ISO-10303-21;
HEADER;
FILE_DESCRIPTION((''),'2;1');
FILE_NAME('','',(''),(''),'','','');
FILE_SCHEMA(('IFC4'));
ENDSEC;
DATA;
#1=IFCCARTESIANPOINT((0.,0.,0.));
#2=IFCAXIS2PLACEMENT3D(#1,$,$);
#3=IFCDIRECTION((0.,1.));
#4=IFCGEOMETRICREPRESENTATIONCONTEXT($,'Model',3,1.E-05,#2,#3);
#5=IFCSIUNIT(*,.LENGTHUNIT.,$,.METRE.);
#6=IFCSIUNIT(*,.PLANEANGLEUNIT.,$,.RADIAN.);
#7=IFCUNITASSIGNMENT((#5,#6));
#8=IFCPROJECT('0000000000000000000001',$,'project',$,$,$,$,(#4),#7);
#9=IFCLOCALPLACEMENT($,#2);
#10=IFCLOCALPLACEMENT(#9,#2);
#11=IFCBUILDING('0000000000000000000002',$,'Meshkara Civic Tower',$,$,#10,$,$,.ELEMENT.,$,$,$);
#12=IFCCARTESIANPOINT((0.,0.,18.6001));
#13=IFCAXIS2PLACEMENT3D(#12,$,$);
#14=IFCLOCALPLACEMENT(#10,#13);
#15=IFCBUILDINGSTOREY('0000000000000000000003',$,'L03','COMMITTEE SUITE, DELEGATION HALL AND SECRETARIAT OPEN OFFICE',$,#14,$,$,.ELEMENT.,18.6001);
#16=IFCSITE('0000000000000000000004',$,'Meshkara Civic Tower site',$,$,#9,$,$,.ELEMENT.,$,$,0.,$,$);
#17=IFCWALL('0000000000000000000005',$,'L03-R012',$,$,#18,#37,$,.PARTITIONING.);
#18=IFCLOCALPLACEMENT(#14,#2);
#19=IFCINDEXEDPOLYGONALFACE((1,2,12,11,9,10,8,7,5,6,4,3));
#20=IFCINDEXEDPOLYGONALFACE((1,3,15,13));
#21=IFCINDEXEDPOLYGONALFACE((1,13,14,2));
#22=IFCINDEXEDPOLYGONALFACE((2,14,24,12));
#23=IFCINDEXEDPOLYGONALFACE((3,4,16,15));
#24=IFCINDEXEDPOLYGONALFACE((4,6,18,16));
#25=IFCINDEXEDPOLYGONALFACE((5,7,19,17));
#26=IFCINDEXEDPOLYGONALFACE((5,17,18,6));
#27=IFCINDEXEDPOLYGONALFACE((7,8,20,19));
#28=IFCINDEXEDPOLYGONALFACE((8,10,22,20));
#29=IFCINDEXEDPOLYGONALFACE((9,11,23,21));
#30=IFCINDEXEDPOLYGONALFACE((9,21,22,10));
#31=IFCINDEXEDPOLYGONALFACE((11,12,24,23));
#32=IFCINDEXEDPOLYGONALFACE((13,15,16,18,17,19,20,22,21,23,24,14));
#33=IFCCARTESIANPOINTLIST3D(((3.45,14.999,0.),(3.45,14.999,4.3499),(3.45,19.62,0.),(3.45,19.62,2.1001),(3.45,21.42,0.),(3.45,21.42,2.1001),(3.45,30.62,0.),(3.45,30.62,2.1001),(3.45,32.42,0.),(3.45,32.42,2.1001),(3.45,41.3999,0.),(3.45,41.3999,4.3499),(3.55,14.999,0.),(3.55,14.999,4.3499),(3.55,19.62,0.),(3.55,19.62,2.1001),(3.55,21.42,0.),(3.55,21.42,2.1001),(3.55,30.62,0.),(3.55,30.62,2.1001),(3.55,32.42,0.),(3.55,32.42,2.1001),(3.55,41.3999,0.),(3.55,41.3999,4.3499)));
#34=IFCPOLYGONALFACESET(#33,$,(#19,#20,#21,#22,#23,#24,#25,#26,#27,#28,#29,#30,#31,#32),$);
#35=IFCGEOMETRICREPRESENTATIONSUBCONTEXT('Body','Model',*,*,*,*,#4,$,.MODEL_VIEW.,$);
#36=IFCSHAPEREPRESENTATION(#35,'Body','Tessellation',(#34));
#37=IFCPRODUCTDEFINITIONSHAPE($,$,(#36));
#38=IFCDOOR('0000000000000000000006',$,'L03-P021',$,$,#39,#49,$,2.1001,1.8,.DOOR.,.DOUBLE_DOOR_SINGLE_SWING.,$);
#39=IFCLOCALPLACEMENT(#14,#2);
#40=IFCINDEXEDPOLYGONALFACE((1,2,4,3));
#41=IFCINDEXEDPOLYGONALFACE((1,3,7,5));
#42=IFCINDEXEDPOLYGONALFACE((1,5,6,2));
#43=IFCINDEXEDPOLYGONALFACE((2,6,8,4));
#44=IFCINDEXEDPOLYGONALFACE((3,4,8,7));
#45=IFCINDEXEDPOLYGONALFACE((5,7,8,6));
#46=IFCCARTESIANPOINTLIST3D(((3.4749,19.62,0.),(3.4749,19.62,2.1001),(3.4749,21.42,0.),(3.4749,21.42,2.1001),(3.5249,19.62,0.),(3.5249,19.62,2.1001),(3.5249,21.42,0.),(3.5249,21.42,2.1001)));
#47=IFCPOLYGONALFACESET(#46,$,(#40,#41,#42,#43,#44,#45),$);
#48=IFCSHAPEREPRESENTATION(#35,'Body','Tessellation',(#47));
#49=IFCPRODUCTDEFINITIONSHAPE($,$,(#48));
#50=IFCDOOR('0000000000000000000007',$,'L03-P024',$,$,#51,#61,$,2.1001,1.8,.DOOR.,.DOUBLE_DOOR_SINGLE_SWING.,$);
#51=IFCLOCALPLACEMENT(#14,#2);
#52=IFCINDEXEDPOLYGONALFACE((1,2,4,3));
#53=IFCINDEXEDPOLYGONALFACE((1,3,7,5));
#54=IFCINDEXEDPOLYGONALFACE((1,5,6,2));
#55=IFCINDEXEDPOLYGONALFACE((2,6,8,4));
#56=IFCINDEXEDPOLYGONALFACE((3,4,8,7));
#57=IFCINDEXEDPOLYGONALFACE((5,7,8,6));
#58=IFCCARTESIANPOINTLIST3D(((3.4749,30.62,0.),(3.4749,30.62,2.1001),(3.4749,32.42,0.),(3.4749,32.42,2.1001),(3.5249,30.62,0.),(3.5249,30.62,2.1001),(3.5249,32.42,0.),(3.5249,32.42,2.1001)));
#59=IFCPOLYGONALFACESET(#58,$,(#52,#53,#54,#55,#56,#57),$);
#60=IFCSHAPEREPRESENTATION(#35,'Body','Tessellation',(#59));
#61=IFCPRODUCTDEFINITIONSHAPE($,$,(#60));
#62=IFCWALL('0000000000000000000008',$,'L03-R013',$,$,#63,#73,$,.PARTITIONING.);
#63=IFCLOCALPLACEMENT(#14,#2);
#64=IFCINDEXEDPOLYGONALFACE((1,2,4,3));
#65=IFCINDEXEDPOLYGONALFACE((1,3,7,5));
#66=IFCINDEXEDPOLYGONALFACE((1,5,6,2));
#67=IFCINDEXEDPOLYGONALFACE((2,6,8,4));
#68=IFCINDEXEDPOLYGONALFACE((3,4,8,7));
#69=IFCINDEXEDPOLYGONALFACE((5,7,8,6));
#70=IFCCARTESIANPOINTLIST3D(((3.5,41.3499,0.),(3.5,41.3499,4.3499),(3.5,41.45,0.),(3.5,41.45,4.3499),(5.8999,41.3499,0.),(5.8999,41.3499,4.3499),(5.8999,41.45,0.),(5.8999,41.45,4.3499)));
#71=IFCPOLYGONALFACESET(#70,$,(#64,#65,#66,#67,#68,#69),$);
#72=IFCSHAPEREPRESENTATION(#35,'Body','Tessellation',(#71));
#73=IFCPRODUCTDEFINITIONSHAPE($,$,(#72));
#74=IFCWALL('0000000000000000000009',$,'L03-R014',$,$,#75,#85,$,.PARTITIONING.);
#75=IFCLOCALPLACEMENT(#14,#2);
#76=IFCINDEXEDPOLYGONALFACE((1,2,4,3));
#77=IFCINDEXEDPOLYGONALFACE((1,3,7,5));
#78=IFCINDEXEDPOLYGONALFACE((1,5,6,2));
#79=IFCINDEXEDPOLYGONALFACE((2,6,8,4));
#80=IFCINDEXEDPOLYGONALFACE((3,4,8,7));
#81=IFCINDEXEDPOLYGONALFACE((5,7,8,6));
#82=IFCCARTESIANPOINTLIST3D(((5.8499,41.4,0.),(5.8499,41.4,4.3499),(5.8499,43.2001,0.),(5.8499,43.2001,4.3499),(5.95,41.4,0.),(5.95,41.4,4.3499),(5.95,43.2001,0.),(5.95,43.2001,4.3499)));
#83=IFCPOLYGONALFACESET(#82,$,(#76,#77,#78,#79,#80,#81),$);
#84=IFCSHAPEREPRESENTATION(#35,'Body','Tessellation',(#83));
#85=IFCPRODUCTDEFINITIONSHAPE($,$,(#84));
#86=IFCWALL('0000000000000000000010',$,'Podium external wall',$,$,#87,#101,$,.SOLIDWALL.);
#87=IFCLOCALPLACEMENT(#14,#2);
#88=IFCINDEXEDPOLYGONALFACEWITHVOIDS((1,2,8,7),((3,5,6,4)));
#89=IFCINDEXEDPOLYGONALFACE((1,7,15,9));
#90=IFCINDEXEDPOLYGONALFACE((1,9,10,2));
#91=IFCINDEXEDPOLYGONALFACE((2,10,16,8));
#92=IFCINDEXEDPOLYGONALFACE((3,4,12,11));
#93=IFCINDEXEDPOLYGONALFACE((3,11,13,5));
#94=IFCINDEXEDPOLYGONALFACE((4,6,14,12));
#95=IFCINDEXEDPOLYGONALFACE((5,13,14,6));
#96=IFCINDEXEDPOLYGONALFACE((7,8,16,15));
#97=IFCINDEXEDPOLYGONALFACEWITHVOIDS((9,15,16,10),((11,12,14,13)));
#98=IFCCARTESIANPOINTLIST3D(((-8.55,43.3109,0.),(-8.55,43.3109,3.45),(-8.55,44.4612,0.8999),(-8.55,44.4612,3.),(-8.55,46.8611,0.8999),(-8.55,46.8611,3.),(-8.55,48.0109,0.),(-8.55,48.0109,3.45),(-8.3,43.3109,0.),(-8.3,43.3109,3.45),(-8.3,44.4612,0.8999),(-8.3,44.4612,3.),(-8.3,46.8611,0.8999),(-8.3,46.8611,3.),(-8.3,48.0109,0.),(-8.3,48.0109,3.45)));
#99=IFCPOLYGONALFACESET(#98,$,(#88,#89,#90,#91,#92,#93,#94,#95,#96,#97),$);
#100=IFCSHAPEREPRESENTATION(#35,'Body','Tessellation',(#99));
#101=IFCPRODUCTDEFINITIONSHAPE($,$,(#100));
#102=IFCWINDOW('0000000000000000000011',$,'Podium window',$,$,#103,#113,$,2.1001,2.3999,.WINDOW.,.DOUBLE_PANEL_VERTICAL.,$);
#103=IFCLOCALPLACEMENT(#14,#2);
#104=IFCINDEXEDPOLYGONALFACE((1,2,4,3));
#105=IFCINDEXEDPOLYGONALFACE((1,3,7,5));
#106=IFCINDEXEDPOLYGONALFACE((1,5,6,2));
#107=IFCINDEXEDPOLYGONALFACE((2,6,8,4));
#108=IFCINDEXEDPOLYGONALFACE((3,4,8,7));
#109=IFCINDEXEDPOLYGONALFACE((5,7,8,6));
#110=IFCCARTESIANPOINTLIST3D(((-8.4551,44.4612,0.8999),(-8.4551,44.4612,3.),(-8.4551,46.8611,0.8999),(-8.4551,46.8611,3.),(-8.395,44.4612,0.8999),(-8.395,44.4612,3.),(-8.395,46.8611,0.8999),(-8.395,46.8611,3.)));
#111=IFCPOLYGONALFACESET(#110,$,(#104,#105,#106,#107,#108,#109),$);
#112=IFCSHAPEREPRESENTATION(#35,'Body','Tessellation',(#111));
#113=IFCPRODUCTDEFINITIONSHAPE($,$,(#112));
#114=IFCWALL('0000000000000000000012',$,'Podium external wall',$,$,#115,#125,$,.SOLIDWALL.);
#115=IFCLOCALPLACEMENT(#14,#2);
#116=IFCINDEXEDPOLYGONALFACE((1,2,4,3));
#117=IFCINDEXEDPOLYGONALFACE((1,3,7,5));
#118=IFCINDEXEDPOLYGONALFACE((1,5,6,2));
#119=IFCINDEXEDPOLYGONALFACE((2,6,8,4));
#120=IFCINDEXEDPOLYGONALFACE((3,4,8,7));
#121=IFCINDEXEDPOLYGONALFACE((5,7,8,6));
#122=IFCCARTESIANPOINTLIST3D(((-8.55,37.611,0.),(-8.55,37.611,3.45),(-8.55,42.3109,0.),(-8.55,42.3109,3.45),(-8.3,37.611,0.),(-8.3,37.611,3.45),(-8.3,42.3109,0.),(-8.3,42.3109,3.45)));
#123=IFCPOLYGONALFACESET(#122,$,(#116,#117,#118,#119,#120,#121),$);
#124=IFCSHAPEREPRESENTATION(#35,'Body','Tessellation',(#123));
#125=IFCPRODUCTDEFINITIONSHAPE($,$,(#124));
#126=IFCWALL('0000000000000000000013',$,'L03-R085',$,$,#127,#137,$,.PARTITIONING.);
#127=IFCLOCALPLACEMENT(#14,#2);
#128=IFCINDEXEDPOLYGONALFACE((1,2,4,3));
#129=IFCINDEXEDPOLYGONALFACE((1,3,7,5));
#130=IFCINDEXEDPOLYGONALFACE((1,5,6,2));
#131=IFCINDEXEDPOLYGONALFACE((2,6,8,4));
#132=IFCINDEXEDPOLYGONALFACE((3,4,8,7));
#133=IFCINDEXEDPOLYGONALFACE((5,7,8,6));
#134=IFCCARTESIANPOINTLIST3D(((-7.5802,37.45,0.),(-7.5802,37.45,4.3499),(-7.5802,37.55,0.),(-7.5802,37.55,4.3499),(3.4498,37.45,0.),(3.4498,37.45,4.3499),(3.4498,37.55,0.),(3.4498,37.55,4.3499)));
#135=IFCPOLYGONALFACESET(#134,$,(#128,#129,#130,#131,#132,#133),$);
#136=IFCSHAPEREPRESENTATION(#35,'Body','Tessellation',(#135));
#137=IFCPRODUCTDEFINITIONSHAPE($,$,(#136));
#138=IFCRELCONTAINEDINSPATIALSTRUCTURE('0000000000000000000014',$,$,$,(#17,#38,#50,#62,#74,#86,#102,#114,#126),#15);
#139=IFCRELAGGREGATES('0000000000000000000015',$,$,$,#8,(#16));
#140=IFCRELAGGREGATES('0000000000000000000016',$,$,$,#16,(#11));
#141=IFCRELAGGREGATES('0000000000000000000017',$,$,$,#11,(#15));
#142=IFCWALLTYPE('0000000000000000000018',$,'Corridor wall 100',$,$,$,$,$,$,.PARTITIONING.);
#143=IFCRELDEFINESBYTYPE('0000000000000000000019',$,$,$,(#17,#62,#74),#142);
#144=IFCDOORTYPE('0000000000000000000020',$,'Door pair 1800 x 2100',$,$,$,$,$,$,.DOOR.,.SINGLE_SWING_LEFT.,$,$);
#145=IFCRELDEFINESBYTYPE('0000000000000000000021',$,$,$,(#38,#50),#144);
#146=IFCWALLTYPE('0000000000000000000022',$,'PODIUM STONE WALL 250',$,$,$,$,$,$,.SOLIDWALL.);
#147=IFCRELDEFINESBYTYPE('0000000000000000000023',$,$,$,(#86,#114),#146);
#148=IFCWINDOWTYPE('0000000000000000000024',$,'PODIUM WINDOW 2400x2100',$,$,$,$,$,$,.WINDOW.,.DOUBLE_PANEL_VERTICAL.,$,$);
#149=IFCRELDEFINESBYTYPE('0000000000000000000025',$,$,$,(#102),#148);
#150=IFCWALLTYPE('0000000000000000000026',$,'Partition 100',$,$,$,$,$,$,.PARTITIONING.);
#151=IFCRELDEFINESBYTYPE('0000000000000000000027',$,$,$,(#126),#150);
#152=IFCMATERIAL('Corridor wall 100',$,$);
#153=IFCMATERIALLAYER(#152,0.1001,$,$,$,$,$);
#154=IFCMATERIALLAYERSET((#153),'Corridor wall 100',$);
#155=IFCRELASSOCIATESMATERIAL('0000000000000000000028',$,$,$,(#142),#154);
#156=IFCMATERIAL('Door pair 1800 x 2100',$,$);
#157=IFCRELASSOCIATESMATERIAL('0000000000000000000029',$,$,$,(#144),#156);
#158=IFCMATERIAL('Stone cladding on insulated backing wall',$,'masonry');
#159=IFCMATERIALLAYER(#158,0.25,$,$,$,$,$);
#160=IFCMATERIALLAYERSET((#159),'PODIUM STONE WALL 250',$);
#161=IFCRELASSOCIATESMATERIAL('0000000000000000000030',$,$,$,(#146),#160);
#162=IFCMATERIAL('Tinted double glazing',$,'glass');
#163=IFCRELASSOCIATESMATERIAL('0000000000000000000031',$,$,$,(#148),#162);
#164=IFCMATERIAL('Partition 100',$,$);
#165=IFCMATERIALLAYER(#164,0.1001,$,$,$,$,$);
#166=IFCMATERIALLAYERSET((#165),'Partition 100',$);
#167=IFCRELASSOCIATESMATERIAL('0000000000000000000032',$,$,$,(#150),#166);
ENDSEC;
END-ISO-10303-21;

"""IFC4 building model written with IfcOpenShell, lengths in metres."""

from ifc_helpers import new_model, si_unit, direction, frame, frame_2d, origin, place, context, subcontext, project, spatial, rectangle, extrude, material, layer, layer_set, type_object, element, fill, save


model = new_model("IFC4")

# Units and contexts
model_context = context("Model", 3, precision=1e-05, world=origin(), true_north=direction((0.0, 1.0)))
body_context = subcontext(model_context, "Body", "Model", "MODEL_VIEW")
ifc_project = project(units=[si_unit("LENGTHUNIT", "METRE"), si_unit("PLANEANGLEUNIT", "RADIAN")], contexts=[model_context])

# Site, building, storey
site_placement = place(None, origin())
site = spatial("IfcSite", under=ifc_project, at=site_placement, Name="Meshkara Civic Tower site", CompositionType="ELEMENT", RefElevation=0.0)
building_placement = place(site_placement, origin())
building = spatial("IfcBuilding", under=site, at=building_placement, Name="Meshkara Civic Tower", CompositionType="ELEMENT")
storey_placement = place(building_placement, frame((0.0, 0.0, 18.6001)))
storey = spatial("IfcBuildingStorey", under=building, at=storey_placement, Name="L03", Description="COMMITTEE SUITE, DELEGATION HALL AND SECRETARIAT OPEN OFFICE", CompositionType="ELEMENT", Elevation=18.6001)

# Shared definitions
ifc_material_1 = material(Name="Corridor wall 100")
ifc_layer_1 = layer(ifc_material_1, 0.1001)
ifc_layer_set_1 = layer_set([ifc_layer_1], Name="Corridor wall 100")
wall_type_1 = type_object("IfcWallType", Name="Corridor wall 100", PredefinedType="PARTITIONING", material=ifc_layer_set_1)

# Shared definitions
ifc_material_2 = material(Name="Door pair 1800 x 2100")
door_type = type_object("IfcDoorType", Name="Door pair 1800 x 2100", OperationType="SINGLE_SWING_LEFT", PredefinedType="DOOR", material=ifc_material_2)

# Wall, openings, doors
wall_1_placement = place(storey_placement, frame((3.5, 41.3999, 0.0), z_axis=(0.0, 0.0, 1.0), x_axis=(0.0, -1.0, 0.0)))
wall_1 = element("IfcWall", 1, at=wall_1_placement, inside=storey, type_object=wall_type_1, Name="L03-R012", PredefinedType="PARTITIONING", context=body_context, shape_type="SweptSolid", body=[
    extrude(rectangle(XDim=26.4009, YDim=0.1001, at=frame_2d((13.2004, 0.0))), origin(), (0.0, 0.0, 1.0), 4.3499),
])
opening_1_placement = place(wall_1_placement, frame((19.98, 0.0, 0.0)))
opening_1 = element("IfcOpeningElement", 2, at=opening_1_placement, cuts=wall_1, PredefinedType="OPENING", context=body_context, shape_type="SweptSolid", body=[
    extrude(rectangle(XDim=1.8, YDim=2.1001, at=frame_2d((0.8999, 1.05))), frame((0.0, 0.0601, 0.0), z_axis=(0.0, -1.0, 0.0), x_axis=(1.0, 0.0, 0.0)), (0.0, 0.0, 1.0), 0.1201),
])
opening_2_placement = place(wall_1_placement, frame((8.98, 0.0, 0.0)))
opening_2 = element("IfcOpeningElement", 3, at=opening_2_placement, cuts=wall_1, PredefinedType="OPENING", context=body_context, shape_type="SweptSolid", body=[
    extrude(rectangle(XDim=1.8, YDim=2.1001, at=frame_2d((0.8999, 1.05))), frame((0.0, 0.0601, 0.0), z_axis=(0.0, -1.0, 0.0), x_axis=(1.0, 0.0, 0.0)), (0.0, 0.0, 1.0), 0.1201),
])
door_1_placement = place(opening_1_placement, origin())
door_1 = element("IfcDoor", 4, at=door_1_placement, inside=storey, type_object=door_type, Name="L03-P021", OperationType="DOUBLE_DOOR_SINGLE_SWING", OverallHeight=2.1001, OverallWidth=1.8, PredefinedType="DOOR", context=body_context, shape_type="SweptSolid", body=[
    extrude(rectangle(XDim=1.8, YDim=2.1001, at=frame_2d((0.8999, 1.05))), frame((0.0, 0.0249, 0.0), z_axis=(0.0, -1.0, 0.0), x_axis=(1.0, 0.0, 0.0)), (0.0, 0.0, 1.0), 0.05),
])
fill(opening_1, door_1)
door_2_placement = place(opening_2_placement, origin())
door_2 = element("IfcDoor", 5, at=door_2_placement, inside=storey, type_object=door_type, Name="L03-P024", OperationType="DOUBLE_DOOR_SINGLE_SWING", OverallHeight=2.1001, OverallWidth=1.8, PredefinedType="DOOR", context=body_context, shape_type="SweptSolid", body=[
    extrude(rectangle(XDim=1.8, YDim=2.1001, at=frame_2d((0.8999, 1.05))), frame((0.0, 0.0249, 0.0), z_axis=(0.0, -1.0, 0.0), x_axis=(1.0, 0.0, 0.0)), (0.0, 0.0, 1.0), 0.05),
])
fill(opening_2, door_2)

# Walls
wall_2_placement = place(storey_placement, frame((5.8999, 41.3999, 0.0), z_axis=(0.0, 0.0, 1.0), x_axis=(-1.0, 0.0, 0.0)))
element("IfcWall", 6, at=wall_2_placement, inside=storey, type_object=wall_type_1, Name="L03-R013", PredefinedType="PARTITIONING", context=body_context, shape_type="SweptSolid", body=[
    extrude(rectangle(XDim=2.3999, YDim=0.1001, at=frame_2d((1.2, 0.0))), origin(), (0.0, 0.0, 1.0), 4.3499),
])
wall_3_placement = place(storey_placement, frame((5.8999, 43.2, 0.0), z_axis=(0.0, 0.0, 1.0), x_axis=(0.0, -1.0, 0.0)))
element("IfcWall", 7, at=wall_3_placement, inside=storey, type_object=wall_type_1, Name="L03-R014", PredefinedType="PARTITIONING", context=body_context, shape_type="SweptSolid", body=[
    extrude(rectangle(XDim=1.8, YDim=0.1001, at=frame_2d((0.8999, 0.0))), origin(), (0.0, 0.0, 1.0), 4.3499),
])

# Wall, opening, window
ifc_material_3 = material(Name="Stone cladding on insulated backing wall", Category="masonry")
ifc_layer_2 = layer(ifc_material_3, 0.25)
ifc_layer_set_2 = layer_set([ifc_layer_2], Name="PODIUM STONE WALL 250")
wall_type_2 = type_object("IfcWallType", Name="PODIUM STONE WALL 250", PredefinedType="SOLIDWALL", material=ifc_layer_set_2)
wall_4_placement = place(storey_placement, frame((-8.425, 48.011, 0.0), z_axis=(0.0, 0.0, 1.0), x_axis=(0.0, -1.0, 0.0)))
wall_4 = element("IfcWall", 8, at=wall_4_placement, inside=storey, type_object=wall_type_2, Name="Podium external wall", PredefinedType="SOLIDWALL", context=body_context, shape_type="SweptSolid", body=[
    extrude(rectangle(XDim=4.7, YDim=0.25, at=frame_2d((2.3501, 0.0))), origin(), (0.0, 0.0, 1.0), 3.45),
])
opening_3_placement = place(wall_4_placement, frame((1.1499, 0.0, 0.8999)))
opening_3 = element("IfcOpeningElement", 9, at=opening_3_placement, cuts=wall_4, PredefinedType="OPENING", context=body_context, shape_type="SweptSolid", body=[
    extrude(rectangle(XDim=2.3999, YDim=2.1001, at=frame_2d((1.2, 1.05))), frame((0.0, 0.135, 0.0), z_axis=(0.0, -1.0, 0.0), x_axis=(1.0, 0.0, 0.0)), (0.0, 0.0, 1.0), 0.27),
])
ifc_material_4 = material(Name="Tinted double glazing", Category="glass")
window_type = type_object("IfcWindowType", Name="PODIUM WINDOW 2400x2100", PartitioningType="DOUBLE_PANEL_VERTICAL", PredefinedType="WINDOW", material=ifc_material_4)
window_placement = place(opening_3_placement, origin())
window = element("IfcWindow", 10, at=window_placement, inside=storey, type_object=window_type, Name="Podium window", OverallHeight=2.1001, OverallWidth=2.3999, PartitioningType="DOUBLE_PANEL_VERTICAL", PredefinedType="WINDOW", context=body_context, shape_type="SweptSolid", body=[
    extrude(rectangle(XDim=2.3999, YDim=2.1001, at=frame_2d((1.2, 1.05))), frame((0.0, 0.03, 0.0), z_axis=(0.0, -1.0, 0.0), x_axis=(1.0, 0.0, 0.0)), (0.0, 0.0, 1.0), 0.0601),
])
fill(opening_3, window)

# Walls
wall_5_placement = place(storey_placement, frame((-8.425, 42.311, 0.0), z_axis=(0.0, 0.0, 1.0), x_axis=(0.0, -1.0, 0.0)))
element("IfcWall", 11, at=wall_5_placement, inside=storey, type_object=wall_type_2, Name="Podium external wall", PredefinedType="SOLIDWALL", context=body_context, shape_type="SweptSolid", body=[
    extrude(rectangle(XDim=4.7, YDim=0.25, at=frame_2d((2.3501, 0.0))), origin(), (0.0, 0.0, 1.0), 3.45),
])
ifc_material_5 = material(Name="Partition 100")
ifc_layer_3 = layer(ifc_material_5, 0.1001)
ifc_layer_set_3 = layer_set([ifc_layer_3], Name="Partition 100")
wall_type_3 = type_object("IfcWallType", Name="Partition 100", PredefinedType="PARTITIONING", material=ifc_layer_set_3)
wall_6_placement = place(storey_placement, frame((3.45, 37.5, 0.0), z_axis=(0.0, 0.0, 1.0), x_axis=(-1.0, 0.0, 0.0)))
element("IfcWall", 12, at=wall_6_placement, inside=storey, type_object=wall_type_3, Name="L03-R085", PredefinedType="PARTITIONING", context=body_context, shape_type="SweptSolid", body=[
    extrude(rectangle(XDim=11.03, YDim=0.1001, at=frame_2d((5.5151, 0.0))), origin(), (0.0, 0.0, 1.0), 4.3499),
])

save(model, "model.ifc")
